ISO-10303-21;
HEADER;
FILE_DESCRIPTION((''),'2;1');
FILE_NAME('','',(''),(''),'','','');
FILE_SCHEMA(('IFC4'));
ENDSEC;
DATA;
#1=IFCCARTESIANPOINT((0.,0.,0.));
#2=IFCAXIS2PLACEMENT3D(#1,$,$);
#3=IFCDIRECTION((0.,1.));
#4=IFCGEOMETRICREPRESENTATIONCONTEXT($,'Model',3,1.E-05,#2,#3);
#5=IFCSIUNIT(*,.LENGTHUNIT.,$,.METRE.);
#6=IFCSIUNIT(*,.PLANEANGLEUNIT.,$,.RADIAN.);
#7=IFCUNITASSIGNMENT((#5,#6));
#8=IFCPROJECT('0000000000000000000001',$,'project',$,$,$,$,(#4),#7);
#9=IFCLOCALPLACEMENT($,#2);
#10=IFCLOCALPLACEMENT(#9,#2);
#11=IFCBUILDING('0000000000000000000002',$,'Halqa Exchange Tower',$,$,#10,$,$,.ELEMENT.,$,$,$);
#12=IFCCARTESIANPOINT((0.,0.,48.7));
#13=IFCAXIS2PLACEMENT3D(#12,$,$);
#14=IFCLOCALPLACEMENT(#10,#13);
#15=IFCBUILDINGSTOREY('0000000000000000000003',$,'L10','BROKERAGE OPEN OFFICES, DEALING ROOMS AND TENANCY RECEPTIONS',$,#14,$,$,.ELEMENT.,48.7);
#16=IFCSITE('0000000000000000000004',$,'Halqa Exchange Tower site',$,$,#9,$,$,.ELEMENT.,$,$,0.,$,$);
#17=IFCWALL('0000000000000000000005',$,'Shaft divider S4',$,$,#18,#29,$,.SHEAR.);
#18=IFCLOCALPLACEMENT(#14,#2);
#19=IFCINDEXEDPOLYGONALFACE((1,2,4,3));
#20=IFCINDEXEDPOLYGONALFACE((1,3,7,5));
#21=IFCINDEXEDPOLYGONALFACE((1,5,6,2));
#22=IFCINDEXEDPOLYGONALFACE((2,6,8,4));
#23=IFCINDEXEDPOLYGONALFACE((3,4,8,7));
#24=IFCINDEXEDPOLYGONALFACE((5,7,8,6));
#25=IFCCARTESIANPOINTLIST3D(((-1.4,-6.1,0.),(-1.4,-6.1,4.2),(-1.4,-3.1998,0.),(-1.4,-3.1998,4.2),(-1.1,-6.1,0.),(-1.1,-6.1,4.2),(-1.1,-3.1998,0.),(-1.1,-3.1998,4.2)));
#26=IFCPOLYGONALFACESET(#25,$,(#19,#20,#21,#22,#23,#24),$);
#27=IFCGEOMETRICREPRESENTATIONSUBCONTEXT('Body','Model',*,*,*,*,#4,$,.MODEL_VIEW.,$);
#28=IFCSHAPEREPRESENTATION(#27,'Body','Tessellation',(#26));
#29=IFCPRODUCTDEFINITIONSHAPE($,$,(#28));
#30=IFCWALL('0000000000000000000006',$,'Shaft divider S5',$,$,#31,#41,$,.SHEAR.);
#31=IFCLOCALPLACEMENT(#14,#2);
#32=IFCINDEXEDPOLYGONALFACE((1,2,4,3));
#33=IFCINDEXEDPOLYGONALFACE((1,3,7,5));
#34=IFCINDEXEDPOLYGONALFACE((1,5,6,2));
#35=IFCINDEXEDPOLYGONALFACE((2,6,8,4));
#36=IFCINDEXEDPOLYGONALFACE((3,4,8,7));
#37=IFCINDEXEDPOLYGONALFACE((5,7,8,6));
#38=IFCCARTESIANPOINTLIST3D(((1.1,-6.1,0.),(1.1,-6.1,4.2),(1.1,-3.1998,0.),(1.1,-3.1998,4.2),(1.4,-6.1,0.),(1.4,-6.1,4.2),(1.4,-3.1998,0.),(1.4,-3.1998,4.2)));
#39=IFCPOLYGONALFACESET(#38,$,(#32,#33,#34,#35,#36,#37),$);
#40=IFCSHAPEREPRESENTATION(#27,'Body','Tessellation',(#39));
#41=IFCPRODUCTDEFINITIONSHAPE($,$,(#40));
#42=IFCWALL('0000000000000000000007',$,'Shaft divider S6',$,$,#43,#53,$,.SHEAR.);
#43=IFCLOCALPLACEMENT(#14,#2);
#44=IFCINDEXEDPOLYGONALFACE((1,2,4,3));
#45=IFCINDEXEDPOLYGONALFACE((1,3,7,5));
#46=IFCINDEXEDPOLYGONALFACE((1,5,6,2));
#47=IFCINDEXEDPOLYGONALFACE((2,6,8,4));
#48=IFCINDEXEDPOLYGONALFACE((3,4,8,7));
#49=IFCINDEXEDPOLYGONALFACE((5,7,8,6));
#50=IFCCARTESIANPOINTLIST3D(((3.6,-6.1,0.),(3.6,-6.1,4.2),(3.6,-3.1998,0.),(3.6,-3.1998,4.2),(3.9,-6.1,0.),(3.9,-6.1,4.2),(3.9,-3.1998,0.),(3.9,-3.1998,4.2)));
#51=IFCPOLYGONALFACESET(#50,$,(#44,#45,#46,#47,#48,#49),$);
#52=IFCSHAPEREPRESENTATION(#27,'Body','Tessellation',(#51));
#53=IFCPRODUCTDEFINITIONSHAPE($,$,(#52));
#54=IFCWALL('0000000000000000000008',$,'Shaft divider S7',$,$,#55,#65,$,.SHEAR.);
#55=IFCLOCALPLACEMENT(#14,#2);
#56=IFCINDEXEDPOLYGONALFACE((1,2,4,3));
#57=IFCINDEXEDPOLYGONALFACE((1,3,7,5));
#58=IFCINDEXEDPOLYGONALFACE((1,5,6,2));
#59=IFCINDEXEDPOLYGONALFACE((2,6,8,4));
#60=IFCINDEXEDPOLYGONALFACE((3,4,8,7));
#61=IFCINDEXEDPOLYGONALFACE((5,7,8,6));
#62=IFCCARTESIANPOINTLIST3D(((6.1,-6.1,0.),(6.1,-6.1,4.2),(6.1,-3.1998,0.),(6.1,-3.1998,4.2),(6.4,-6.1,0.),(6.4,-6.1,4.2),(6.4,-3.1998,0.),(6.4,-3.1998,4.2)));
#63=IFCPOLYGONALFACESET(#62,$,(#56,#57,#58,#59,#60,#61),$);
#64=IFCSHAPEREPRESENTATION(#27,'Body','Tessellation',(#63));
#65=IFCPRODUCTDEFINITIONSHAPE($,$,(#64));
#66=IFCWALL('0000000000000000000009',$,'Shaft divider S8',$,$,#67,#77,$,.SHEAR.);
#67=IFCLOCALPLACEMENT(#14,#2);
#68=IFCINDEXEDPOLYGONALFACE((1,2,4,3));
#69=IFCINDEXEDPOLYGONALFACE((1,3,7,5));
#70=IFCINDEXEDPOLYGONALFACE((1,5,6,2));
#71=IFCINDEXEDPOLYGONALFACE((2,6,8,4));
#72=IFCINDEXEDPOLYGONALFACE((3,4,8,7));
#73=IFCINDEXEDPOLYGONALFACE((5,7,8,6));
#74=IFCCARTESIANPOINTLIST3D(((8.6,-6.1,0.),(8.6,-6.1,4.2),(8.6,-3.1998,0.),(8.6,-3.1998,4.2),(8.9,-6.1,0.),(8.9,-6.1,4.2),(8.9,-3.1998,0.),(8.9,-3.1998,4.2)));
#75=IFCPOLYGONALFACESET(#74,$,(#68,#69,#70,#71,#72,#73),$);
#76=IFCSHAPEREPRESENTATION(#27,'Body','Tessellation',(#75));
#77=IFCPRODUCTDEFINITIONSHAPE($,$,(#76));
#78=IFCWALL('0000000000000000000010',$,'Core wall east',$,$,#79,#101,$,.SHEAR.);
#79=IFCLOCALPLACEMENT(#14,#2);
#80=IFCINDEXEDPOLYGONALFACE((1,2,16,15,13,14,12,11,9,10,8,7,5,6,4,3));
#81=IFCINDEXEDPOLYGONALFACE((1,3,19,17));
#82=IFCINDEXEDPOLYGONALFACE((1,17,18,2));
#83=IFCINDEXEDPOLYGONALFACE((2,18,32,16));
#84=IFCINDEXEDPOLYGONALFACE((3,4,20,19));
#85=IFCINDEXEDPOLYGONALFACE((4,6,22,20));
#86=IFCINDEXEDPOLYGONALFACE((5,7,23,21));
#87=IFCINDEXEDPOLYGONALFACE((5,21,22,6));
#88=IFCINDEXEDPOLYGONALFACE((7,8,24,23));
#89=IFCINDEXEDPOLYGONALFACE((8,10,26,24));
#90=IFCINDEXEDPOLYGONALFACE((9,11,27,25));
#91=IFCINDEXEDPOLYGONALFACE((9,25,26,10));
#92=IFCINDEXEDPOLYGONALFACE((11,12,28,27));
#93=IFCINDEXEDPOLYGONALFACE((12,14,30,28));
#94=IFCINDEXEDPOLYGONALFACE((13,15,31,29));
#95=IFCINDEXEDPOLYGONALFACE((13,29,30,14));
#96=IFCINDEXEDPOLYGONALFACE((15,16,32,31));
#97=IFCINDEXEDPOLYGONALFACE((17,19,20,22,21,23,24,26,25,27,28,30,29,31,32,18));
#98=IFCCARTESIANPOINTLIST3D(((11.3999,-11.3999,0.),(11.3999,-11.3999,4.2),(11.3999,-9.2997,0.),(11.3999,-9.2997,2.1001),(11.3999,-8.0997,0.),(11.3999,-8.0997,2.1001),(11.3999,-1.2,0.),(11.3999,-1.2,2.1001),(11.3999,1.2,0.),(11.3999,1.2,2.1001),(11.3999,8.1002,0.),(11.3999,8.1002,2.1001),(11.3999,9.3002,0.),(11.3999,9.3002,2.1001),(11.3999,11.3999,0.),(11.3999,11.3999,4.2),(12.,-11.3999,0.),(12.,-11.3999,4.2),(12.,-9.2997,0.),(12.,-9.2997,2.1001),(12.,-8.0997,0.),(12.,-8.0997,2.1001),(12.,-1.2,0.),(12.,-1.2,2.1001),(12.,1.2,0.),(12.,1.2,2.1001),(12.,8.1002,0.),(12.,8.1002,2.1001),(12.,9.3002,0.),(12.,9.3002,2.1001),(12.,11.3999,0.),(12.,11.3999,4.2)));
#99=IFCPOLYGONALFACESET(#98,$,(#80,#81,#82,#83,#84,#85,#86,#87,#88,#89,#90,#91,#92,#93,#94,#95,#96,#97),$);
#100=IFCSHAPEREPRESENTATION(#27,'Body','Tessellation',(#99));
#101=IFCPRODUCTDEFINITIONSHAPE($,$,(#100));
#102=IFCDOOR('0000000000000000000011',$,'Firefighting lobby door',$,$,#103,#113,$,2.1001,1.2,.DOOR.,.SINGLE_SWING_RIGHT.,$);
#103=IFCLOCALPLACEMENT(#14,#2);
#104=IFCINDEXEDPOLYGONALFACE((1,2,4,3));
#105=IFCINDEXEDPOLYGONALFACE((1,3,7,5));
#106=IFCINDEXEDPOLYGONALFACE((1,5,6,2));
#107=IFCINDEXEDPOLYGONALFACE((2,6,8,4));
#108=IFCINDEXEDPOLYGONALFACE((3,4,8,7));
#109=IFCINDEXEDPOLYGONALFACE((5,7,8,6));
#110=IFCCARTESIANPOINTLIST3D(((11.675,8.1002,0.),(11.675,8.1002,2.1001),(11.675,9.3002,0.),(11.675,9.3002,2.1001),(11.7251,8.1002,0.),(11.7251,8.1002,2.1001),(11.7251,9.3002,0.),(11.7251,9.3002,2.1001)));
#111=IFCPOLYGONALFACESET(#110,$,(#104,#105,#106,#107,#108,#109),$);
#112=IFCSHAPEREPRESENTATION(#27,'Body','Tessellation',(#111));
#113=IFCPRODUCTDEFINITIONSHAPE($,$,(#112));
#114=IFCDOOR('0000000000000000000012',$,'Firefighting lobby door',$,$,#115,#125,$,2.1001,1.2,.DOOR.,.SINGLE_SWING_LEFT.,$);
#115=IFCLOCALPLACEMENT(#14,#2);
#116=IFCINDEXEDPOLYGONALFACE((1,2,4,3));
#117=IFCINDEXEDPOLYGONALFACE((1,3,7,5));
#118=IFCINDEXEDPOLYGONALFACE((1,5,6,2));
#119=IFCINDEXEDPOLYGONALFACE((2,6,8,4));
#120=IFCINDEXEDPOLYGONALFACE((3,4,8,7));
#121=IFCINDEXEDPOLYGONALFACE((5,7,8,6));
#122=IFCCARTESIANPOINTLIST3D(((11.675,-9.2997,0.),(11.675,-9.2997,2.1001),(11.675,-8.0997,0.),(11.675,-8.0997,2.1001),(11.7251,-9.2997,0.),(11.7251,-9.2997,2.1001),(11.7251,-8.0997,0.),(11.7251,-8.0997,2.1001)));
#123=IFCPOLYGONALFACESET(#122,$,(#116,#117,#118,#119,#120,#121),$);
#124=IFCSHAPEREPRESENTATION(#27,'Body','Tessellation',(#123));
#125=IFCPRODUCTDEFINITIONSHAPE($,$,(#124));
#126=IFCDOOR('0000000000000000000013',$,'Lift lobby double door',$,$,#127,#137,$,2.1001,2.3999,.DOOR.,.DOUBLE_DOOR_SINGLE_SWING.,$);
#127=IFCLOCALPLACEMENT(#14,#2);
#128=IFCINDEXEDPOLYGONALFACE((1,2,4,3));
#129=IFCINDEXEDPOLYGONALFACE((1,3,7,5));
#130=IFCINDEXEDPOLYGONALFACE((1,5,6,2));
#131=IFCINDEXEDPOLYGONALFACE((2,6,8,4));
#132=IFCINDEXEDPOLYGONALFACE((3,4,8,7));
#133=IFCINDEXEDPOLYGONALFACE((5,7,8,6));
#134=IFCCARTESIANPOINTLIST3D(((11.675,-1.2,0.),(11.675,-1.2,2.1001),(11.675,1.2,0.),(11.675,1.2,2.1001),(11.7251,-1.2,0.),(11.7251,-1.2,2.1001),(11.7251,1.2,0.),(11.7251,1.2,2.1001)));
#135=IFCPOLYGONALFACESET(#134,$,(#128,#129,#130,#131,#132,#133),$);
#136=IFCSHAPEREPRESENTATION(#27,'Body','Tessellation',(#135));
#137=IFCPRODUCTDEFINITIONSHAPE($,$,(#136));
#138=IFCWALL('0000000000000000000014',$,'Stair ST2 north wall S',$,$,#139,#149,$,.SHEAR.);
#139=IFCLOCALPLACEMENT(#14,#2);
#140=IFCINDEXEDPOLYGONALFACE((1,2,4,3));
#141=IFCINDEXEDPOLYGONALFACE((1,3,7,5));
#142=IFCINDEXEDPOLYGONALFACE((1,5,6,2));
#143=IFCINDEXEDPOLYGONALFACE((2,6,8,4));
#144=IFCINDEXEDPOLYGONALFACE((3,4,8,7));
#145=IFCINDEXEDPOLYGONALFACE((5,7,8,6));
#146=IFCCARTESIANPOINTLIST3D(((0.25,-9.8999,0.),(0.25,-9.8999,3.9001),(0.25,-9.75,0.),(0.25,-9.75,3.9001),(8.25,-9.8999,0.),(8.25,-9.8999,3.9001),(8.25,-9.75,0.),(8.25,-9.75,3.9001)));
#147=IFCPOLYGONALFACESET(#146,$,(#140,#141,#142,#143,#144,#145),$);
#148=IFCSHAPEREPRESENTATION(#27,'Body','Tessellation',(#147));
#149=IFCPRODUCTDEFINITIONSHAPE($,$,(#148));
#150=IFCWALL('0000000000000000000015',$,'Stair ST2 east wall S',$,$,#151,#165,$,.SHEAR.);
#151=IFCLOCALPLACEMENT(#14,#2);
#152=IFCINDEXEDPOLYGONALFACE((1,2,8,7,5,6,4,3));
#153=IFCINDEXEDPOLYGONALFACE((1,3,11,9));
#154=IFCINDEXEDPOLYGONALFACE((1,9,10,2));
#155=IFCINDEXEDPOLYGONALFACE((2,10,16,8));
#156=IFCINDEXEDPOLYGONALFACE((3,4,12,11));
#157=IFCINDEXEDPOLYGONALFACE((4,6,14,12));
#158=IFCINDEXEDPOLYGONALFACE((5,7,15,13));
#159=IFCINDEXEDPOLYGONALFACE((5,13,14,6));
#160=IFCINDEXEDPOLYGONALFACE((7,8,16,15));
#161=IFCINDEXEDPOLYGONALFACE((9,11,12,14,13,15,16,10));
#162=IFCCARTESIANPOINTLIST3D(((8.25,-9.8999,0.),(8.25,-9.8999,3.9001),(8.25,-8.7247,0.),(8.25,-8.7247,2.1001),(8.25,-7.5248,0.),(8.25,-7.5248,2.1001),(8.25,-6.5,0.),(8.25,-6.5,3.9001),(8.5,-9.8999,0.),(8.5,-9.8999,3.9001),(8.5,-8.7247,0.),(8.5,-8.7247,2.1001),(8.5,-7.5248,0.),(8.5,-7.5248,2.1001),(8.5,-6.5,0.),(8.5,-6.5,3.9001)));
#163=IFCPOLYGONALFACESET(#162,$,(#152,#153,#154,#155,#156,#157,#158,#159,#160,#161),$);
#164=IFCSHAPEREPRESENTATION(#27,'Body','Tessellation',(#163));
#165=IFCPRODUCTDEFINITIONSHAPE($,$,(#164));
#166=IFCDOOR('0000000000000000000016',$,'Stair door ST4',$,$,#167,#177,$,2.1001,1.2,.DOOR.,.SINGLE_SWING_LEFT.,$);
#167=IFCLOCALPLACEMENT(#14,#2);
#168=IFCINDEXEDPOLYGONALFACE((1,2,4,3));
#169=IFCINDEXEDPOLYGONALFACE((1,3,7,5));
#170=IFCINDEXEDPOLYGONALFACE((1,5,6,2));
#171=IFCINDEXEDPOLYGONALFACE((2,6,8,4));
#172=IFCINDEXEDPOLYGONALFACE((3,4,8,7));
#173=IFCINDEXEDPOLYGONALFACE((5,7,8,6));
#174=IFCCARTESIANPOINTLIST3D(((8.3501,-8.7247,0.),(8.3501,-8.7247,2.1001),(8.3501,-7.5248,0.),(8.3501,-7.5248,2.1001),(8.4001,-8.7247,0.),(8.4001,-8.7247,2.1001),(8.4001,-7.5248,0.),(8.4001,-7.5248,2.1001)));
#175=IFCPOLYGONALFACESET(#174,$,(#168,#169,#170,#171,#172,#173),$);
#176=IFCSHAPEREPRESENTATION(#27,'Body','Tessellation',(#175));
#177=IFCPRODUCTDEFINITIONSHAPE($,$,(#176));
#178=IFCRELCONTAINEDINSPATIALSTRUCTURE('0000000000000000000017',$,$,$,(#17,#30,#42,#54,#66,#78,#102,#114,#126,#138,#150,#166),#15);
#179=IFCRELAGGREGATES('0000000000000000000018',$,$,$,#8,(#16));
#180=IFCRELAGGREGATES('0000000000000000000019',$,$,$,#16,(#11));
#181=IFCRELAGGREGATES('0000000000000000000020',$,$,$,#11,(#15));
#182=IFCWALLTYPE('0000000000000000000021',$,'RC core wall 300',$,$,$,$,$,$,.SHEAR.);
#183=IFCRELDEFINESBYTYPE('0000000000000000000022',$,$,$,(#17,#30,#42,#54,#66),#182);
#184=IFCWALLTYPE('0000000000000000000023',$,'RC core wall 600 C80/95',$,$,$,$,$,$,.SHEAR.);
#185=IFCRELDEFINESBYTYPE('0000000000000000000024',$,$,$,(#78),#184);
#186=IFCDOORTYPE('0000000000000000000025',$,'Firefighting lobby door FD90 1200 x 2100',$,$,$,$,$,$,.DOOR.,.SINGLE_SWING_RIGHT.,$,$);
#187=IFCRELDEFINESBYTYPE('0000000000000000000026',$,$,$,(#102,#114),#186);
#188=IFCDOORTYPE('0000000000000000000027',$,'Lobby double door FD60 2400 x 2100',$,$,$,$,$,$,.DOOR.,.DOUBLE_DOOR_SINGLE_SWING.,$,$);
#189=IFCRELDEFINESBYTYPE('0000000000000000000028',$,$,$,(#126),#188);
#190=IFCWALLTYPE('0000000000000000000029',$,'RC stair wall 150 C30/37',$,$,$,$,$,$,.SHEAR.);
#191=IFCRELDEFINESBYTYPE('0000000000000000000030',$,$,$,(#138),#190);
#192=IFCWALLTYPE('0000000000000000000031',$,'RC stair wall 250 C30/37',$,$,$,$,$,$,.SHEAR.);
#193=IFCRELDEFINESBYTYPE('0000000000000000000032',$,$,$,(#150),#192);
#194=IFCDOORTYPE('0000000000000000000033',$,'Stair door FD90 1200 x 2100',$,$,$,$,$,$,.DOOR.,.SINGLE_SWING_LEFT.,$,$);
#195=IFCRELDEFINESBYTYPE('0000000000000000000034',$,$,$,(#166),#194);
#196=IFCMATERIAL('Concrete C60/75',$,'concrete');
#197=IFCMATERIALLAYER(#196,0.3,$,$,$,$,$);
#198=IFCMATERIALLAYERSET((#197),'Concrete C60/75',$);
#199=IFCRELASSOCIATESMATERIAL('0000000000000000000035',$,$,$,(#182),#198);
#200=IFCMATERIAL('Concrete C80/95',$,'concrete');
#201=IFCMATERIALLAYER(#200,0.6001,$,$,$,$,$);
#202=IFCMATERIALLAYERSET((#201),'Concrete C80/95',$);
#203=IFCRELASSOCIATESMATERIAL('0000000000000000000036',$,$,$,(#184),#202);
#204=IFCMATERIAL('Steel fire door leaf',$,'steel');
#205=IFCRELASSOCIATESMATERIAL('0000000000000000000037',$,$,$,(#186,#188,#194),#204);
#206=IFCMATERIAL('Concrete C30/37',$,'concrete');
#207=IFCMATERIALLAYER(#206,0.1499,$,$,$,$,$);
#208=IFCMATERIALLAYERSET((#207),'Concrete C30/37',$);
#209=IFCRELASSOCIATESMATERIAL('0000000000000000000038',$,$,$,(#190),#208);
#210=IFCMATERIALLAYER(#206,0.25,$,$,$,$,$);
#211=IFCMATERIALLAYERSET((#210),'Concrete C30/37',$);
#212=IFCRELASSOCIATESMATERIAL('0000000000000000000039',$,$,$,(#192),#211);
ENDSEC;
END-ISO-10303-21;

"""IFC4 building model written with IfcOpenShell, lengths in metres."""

from ifc_helpers import new_model, si_unit, direction, frame, frame_2d, origin, place, context, subcontext, project, spatial, rectangle, extrude, material, layer, layer_set, type_object, element, fill, save


model = new_model("IFC4")

# Units and contexts
model_context = context("Model", 3, precision=1e-05, world=origin(), true_north=direction((0.0, 1.0)))
body_context = subcontext(model_context, "Body", "Model", "MODEL_VIEW")
ifc_project = project(units=[si_unit("LENGTHUNIT", "METRE"), si_unit("PLANEANGLEUNIT", "RADIAN")], contexts=[model_context])

# Site, building, storey
site_placement = place(None, origin())
site = spatial("IfcSite", under=ifc_project, at=site_placement, Name="Halqa Exchange Tower site", CompositionType="ELEMENT", RefElevation=0.0)
building_placement = place(site_placement, origin())
building = spatial("IfcBuilding", under=site, at=building_placement, Name="Halqa Exchange Tower", CompositionType="ELEMENT")
storey_placement = place(building_placement, frame((0.0, 0.0, 48.7)))
storey = spatial("IfcBuildingStorey", under=building, at=storey_placement, Name="L10", Description="BROKERAGE OPEN OFFICES, DEALING ROOMS AND TENANCY RECEPTIONS", CompositionType="ELEMENT", Elevation=48.7)

# Walls
ifc_material_1 = material(Name="Concrete C60/75", Category="concrete")
ifc_layer_1 = layer(ifc_material_1, 0.3)
ifc_layer_set_1 = layer_set([ifc_layer_1], Name="Concrete C60/75")
wall_type_1 = type_object("IfcWallType", Name="RC core wall 300", PredefinedType="SHEAR", material=ifc_layer_set_1)
for number, where, z_axis, x_axis, name in (
    (1, (-1.25, -6.1001, 0.0), (0.0, 0.0, 1.0), (0.0, 1.0, 0.0), "Shaft divider S4"),
    (2, (1.25, -6.1001, 0.0), (0.0, 0.0, 1.0), (0.0, 1.0, 0.0), "Shaft divider S5"),
    (3, (3.75, -6.1001, 0.0), (0.0, 0.0, 1.0), (0.0, 1.0, 0.0), "Shaft divider S6"),
    (4, (6.25, -6.1001, 0.0), (0.0, 0.0, 1.0), (0.0, 1.0, 0.0), "Shaft divider S7"),
    (5, (8.75, -6.1001, 0.0), (0.0, 0.0, 1.0), (0.0, 1.0, 0.0), "Shaft divider S8"),
):
    element("IfcWall", number, at=place(storey_placement, frame(where, z_axis=z_axis, x_axis=x_axis)), inside=storey, type_object=wall_type_1, Name=name, PredefinedType="SHEAR", context=body_context, shape_type="SweptSolid", body=[
        extrude(rectangle(XDim=2.9001, YDim=0.3, at=frame_2d((1.4502, 0.0))), origin(), (0.0, 0.0, 1.0), 4.2),
    ])

# Wall, openings, doors
ifc_material_2 = material(Name="Concrete C80/95", Category="concrete")
ifc_layer_2 = layer(ifc_material_2, 0.6001)
ifc_layer_set_2 = layer_set([ifc_layer_2], Name="Concrete C80/95")
wall_type_2 = type_object("IfcWallType", Name="RC core wall 600 C80/95", PredefinedType="SHEAR", material=ifc_layer_set_2)
wall_1_placement = place(storey_placement, frame((11.7, -11.3999, 0.0), z_axis=(0.0, 0.0, 1.0), x_axis=(0.0, 1.0, 0.0)))
wall_1 = element("IfcWall", 6, at=wall_1_placement, inside=storey, type_object=wall_type_2, Name="Core wall east", PredefinedType="SHEAR", context=body_context, shape_type="SweptSolid", body=[
    extrude(rectangle(XDim=22.7998, YDim=0.6001, at=frame_2d((11.3999, 0.0))), origin(), (0.0, 0.0, 1.0), 4.2),
])
opening_1_placement = place(wall_1_placement, frame((10.2, 0.0, 0.0)))
opening_1 = element("IfcOpeningElement", 7, at=opening_1_placement, cuts=wall_1, PredefinedType="OPENING", context=body_context, shape_type="SweptSolid", body=[
    extrude(rectangle(XDim=2.3999, YDim=2.1001, at=frame_2d((1.2, 1.05))), frame((0.0, 0.312, 0.0), z_axis=(0.0, -1.0, 0.0), x_axis=(1.0, 0.0, 0.0)), (0.0, 0.0, 1.0), 0.624),
])
opening_2_placement = place(wall_1_placement, frame((19.5, 0.0, 0.0)))
opening_2 = element("IfcOpeningElement", 8, at=opening_2_placement, cuts=wall_1, PredefinedType="OPENING", context=body_context, shape_type="SweptSolid", body=[
    extrude(rectangle(XDim=1.2, YDim=2.1001, at=frame_2d((0.6001, 1.05))), frame((0.0, 0.312, 0.0), z_axis=(0.0, -1.0, 0.0), x_axis=(1.0, 0.0, 0.0)), (0.0, 0.0, 1.0), 0.624),
])
opening_3_placement = place(wall_1_placement, frame((2.1001, 0.0, 0.0)))
opening_3 = element("IfcOpeningElement", 9, at=opening_3_placement, cuts=wall_1, PredefinedType="OPENING", context=body_context, shape_type="SweptSolid", body=[
    extrude(rectangle(XDim=1.2, YDim=2.1001, at=frame_2d((0.6001, 1.05))), frame((0.0, 0.312, 0.0), z_axis=(0.0, -1.0, 0.0), x_axis=(1.0, 0.0, 0.0)), (0.0, 0.0, 1.0), 0.624),
])
ifc_material_3 = material(Name="Steel fire door leaf", Category="steel")
door_type_1 = type_object("IfcDoorType", Name="Firefighting lobby door FD90 1200 x 2100", OperationType="SINGLE_SWING_RIGHT", PredefinedType="DOOR", material=ifc_material_3)
door_1_placement = place(opening_2_placement, origin())
door_1 = element("IfcDoor", 10, at=door_1_placement, inside=storey, type_object=door_type_1, Name="Firefighting lobby door", OperationType="SINGLE_SWING_RIGHT", OverallHeight=2.1001, OverallWidth=1.2, PredefinedType="DOOR", context=body_context, shape_type="SweptSolid", body=[
    extrude(rectangle(XDim=1.2, YDim=2.1001, at=frame_2d((0.6001, 1.05))), frame((0.0, 0.0249, 0.0), z_axis=(0.0, -1.0, 0.0), x_axis=(1.0, 0.0, 0.0)), (0.0, 0.0, 1.0), 0.05),
])
fill(opening_2, door_1)
door_2_placement = place(opening_3_placement, origin())
door_2 = element("IfcDoor", 11, at=door_2_placement, inside=storey, type_object=door_type_1, Name="Firefighting lobby door", OperationType="SINGLE_SWING_LEFT", OverallHeight=2.1001, OverallWidth=1.2, PredefinedType="DOOR", context=body_context, shape_type="SweptSolid", body=[
    extrude(rectangle(XDim=1.2, YDim=2.1001, at=frame_2d((0.6001, 1.05))), frame((0.0, 0.0249, 0.0), z_axis=(0.0, -1.0, 0.0), x_axis=(1.0, 0.0, 0.0)), (0.0, 0.0, 1.0), 0.05),
])
fill(opening_3, door_2)
door_type_2 = type_object("IfcDoorType", Name="Lobby double door FD60 2400 x 2100", OperationType="DOUBLE_DOOR_SINGLE_SWING", PredefinedType="DOOR", material=ifc_material_3)
door_3_placement = place(opening_1_placement, origin())
door_3 = element("IfcDoor", 12, at=door_3_placement, inside=storey, type_object=door_type_2, Name="Lift lobby double door", OperationType="DOUBLE_DOOR_SINGLE_SWING", OverallHeight=2.1001, OverallWidth=2.3999, PredefinedType="DOOR", context=body_context, shape_type="SweptSolid", body=[
    extrude(rectangle(XDim=2.3999, YDim=2.1001, at=frame_2d((1.2, 1.05))), frame((0.0, 0.0249, 0.0), z_axis=(0.0, -1.0, 0.0), x_axis=(1.0, 0.0, 0.0)), (0.0, 0.0, 1.0), 0.05),
])
fill(opening_1, door_3)

# Wall
ifc_material_4 = material(Name="Concrete C30/37", Category="concrete")
ifc_layer_3 = layer(ifc_material_4, 0.1499)
ifc_layer_set_3 = layer_set([ifc_layer_3], Name="Concrete C30/37")
wall_type_3 = type_object("IfcWallType", Name="RC stair wall 150 C30/37", PredefinedType="SHEAR", material=ifc_layer_set_3)
wall_2_placement = place(storey_placement, frame((0.25, -9.825, 0.0), z_axis=(0.0, 0.0, 1.0), x_axis=(1.0, 0.0, 0.0)))
element("IfcWall", 13, at=wall_2_placement, inside=storey, type_object=wall_type_3, Name="Stair ST2 north wall S", PredefinedType="SHEAR", context=body_context, shape_type="SweptSolid", body=[
    extrude(rectangle(XDim=8.0, YDim=0.1499, at=frame_2d((4.0, 0.0))), origin(), (0.0, 0.0, 1.0), 3.9001),
])

# Wall, opening, door
ifc_layer_4 = layer(ifc_material_4, 0.25)
ifc_layer_set_4 = layer_set([ifc_layer_4], Name="Concrete C30/37")
wall_type_4 = type_object("IfcWallType", Name="RC stair wall 250 C30/37", PredefinedType="SHEAR", material=ifc_layer_set_4)
wall_3_placement = place(storey_placement, frame((8.375, -9.8999, 0.0), z_axis=(0.0, 0.0, 1.0), x_axis=(0.0, 1.0, 0.0)))
wall_3 = element("IfcWall", 14, at=wall_3_placement, inside=storey, type_object=wall_type_4, Name="Stair ST2 east wall S", PredefinedType="SHEAR", context=body_context, shape_type="SweptSolid", body=[
    extrude(rectangle(XDim=3.3999, YDim=0.25, at=frame_2d((1.7, 0.0))), origin(), (0.0, 0.0, 1.0), 3.9001),
])
opening_4_placement = place(wall_3_placement, frame((1.175, 0.0, 0.0)))
opening_4 = element("IfcOpeningElement", 15, at=opening_4_placement, cuts=wall_3, PredefinedType="OPENING", context=body_context, shape_type="SweptSolid", body=[
    extrude(rectangle(XDim=1.2, YDim=2.1001, at=frame_2d((0.6001, 1.05))), frame((0.0, 0.137, 0.0), z_axis=(0.0, -1.0, 0.0), x_axis=(1.0, 0.0, 0.0)), (0.0, 0.0, 1.0), 0.2739),
])
door_type_3 = type_object("IfcDoorType", Name="Stair door FD90 1200 x 2100", OperationType="SINGLE_SWING_LEFT", PredefinedType="DOOR", material=ifc_material_3)
door_4_placement = place(opening_4_placement, origin())
door_4 = element("IfcDoor", 16, at=door_4_placement, inside=storey, type_object=door_type_3, Name="Stair door ST4", OperationType="SINGLE_SWING_LEFT", OverallHeight=2.1001, OverallWidth=1.2, PredefinedType="DOOR", context=body_context, shape_type="SweptSolid", body=[
    extrude(rectangle(XDim=1.2, YDim=2.1001, at=frame_2d((0.6001, 1.05))), frame((0.0, 0.0249, 0.0), z_axis=(0.0, -1.0, 0.0), x_axis=(1.0, 0.0, 0.0)), (0.0, 0.0, 1.0), 0.05),
])
fill(opening_4, door_4)

save(model, "model.ifc")
